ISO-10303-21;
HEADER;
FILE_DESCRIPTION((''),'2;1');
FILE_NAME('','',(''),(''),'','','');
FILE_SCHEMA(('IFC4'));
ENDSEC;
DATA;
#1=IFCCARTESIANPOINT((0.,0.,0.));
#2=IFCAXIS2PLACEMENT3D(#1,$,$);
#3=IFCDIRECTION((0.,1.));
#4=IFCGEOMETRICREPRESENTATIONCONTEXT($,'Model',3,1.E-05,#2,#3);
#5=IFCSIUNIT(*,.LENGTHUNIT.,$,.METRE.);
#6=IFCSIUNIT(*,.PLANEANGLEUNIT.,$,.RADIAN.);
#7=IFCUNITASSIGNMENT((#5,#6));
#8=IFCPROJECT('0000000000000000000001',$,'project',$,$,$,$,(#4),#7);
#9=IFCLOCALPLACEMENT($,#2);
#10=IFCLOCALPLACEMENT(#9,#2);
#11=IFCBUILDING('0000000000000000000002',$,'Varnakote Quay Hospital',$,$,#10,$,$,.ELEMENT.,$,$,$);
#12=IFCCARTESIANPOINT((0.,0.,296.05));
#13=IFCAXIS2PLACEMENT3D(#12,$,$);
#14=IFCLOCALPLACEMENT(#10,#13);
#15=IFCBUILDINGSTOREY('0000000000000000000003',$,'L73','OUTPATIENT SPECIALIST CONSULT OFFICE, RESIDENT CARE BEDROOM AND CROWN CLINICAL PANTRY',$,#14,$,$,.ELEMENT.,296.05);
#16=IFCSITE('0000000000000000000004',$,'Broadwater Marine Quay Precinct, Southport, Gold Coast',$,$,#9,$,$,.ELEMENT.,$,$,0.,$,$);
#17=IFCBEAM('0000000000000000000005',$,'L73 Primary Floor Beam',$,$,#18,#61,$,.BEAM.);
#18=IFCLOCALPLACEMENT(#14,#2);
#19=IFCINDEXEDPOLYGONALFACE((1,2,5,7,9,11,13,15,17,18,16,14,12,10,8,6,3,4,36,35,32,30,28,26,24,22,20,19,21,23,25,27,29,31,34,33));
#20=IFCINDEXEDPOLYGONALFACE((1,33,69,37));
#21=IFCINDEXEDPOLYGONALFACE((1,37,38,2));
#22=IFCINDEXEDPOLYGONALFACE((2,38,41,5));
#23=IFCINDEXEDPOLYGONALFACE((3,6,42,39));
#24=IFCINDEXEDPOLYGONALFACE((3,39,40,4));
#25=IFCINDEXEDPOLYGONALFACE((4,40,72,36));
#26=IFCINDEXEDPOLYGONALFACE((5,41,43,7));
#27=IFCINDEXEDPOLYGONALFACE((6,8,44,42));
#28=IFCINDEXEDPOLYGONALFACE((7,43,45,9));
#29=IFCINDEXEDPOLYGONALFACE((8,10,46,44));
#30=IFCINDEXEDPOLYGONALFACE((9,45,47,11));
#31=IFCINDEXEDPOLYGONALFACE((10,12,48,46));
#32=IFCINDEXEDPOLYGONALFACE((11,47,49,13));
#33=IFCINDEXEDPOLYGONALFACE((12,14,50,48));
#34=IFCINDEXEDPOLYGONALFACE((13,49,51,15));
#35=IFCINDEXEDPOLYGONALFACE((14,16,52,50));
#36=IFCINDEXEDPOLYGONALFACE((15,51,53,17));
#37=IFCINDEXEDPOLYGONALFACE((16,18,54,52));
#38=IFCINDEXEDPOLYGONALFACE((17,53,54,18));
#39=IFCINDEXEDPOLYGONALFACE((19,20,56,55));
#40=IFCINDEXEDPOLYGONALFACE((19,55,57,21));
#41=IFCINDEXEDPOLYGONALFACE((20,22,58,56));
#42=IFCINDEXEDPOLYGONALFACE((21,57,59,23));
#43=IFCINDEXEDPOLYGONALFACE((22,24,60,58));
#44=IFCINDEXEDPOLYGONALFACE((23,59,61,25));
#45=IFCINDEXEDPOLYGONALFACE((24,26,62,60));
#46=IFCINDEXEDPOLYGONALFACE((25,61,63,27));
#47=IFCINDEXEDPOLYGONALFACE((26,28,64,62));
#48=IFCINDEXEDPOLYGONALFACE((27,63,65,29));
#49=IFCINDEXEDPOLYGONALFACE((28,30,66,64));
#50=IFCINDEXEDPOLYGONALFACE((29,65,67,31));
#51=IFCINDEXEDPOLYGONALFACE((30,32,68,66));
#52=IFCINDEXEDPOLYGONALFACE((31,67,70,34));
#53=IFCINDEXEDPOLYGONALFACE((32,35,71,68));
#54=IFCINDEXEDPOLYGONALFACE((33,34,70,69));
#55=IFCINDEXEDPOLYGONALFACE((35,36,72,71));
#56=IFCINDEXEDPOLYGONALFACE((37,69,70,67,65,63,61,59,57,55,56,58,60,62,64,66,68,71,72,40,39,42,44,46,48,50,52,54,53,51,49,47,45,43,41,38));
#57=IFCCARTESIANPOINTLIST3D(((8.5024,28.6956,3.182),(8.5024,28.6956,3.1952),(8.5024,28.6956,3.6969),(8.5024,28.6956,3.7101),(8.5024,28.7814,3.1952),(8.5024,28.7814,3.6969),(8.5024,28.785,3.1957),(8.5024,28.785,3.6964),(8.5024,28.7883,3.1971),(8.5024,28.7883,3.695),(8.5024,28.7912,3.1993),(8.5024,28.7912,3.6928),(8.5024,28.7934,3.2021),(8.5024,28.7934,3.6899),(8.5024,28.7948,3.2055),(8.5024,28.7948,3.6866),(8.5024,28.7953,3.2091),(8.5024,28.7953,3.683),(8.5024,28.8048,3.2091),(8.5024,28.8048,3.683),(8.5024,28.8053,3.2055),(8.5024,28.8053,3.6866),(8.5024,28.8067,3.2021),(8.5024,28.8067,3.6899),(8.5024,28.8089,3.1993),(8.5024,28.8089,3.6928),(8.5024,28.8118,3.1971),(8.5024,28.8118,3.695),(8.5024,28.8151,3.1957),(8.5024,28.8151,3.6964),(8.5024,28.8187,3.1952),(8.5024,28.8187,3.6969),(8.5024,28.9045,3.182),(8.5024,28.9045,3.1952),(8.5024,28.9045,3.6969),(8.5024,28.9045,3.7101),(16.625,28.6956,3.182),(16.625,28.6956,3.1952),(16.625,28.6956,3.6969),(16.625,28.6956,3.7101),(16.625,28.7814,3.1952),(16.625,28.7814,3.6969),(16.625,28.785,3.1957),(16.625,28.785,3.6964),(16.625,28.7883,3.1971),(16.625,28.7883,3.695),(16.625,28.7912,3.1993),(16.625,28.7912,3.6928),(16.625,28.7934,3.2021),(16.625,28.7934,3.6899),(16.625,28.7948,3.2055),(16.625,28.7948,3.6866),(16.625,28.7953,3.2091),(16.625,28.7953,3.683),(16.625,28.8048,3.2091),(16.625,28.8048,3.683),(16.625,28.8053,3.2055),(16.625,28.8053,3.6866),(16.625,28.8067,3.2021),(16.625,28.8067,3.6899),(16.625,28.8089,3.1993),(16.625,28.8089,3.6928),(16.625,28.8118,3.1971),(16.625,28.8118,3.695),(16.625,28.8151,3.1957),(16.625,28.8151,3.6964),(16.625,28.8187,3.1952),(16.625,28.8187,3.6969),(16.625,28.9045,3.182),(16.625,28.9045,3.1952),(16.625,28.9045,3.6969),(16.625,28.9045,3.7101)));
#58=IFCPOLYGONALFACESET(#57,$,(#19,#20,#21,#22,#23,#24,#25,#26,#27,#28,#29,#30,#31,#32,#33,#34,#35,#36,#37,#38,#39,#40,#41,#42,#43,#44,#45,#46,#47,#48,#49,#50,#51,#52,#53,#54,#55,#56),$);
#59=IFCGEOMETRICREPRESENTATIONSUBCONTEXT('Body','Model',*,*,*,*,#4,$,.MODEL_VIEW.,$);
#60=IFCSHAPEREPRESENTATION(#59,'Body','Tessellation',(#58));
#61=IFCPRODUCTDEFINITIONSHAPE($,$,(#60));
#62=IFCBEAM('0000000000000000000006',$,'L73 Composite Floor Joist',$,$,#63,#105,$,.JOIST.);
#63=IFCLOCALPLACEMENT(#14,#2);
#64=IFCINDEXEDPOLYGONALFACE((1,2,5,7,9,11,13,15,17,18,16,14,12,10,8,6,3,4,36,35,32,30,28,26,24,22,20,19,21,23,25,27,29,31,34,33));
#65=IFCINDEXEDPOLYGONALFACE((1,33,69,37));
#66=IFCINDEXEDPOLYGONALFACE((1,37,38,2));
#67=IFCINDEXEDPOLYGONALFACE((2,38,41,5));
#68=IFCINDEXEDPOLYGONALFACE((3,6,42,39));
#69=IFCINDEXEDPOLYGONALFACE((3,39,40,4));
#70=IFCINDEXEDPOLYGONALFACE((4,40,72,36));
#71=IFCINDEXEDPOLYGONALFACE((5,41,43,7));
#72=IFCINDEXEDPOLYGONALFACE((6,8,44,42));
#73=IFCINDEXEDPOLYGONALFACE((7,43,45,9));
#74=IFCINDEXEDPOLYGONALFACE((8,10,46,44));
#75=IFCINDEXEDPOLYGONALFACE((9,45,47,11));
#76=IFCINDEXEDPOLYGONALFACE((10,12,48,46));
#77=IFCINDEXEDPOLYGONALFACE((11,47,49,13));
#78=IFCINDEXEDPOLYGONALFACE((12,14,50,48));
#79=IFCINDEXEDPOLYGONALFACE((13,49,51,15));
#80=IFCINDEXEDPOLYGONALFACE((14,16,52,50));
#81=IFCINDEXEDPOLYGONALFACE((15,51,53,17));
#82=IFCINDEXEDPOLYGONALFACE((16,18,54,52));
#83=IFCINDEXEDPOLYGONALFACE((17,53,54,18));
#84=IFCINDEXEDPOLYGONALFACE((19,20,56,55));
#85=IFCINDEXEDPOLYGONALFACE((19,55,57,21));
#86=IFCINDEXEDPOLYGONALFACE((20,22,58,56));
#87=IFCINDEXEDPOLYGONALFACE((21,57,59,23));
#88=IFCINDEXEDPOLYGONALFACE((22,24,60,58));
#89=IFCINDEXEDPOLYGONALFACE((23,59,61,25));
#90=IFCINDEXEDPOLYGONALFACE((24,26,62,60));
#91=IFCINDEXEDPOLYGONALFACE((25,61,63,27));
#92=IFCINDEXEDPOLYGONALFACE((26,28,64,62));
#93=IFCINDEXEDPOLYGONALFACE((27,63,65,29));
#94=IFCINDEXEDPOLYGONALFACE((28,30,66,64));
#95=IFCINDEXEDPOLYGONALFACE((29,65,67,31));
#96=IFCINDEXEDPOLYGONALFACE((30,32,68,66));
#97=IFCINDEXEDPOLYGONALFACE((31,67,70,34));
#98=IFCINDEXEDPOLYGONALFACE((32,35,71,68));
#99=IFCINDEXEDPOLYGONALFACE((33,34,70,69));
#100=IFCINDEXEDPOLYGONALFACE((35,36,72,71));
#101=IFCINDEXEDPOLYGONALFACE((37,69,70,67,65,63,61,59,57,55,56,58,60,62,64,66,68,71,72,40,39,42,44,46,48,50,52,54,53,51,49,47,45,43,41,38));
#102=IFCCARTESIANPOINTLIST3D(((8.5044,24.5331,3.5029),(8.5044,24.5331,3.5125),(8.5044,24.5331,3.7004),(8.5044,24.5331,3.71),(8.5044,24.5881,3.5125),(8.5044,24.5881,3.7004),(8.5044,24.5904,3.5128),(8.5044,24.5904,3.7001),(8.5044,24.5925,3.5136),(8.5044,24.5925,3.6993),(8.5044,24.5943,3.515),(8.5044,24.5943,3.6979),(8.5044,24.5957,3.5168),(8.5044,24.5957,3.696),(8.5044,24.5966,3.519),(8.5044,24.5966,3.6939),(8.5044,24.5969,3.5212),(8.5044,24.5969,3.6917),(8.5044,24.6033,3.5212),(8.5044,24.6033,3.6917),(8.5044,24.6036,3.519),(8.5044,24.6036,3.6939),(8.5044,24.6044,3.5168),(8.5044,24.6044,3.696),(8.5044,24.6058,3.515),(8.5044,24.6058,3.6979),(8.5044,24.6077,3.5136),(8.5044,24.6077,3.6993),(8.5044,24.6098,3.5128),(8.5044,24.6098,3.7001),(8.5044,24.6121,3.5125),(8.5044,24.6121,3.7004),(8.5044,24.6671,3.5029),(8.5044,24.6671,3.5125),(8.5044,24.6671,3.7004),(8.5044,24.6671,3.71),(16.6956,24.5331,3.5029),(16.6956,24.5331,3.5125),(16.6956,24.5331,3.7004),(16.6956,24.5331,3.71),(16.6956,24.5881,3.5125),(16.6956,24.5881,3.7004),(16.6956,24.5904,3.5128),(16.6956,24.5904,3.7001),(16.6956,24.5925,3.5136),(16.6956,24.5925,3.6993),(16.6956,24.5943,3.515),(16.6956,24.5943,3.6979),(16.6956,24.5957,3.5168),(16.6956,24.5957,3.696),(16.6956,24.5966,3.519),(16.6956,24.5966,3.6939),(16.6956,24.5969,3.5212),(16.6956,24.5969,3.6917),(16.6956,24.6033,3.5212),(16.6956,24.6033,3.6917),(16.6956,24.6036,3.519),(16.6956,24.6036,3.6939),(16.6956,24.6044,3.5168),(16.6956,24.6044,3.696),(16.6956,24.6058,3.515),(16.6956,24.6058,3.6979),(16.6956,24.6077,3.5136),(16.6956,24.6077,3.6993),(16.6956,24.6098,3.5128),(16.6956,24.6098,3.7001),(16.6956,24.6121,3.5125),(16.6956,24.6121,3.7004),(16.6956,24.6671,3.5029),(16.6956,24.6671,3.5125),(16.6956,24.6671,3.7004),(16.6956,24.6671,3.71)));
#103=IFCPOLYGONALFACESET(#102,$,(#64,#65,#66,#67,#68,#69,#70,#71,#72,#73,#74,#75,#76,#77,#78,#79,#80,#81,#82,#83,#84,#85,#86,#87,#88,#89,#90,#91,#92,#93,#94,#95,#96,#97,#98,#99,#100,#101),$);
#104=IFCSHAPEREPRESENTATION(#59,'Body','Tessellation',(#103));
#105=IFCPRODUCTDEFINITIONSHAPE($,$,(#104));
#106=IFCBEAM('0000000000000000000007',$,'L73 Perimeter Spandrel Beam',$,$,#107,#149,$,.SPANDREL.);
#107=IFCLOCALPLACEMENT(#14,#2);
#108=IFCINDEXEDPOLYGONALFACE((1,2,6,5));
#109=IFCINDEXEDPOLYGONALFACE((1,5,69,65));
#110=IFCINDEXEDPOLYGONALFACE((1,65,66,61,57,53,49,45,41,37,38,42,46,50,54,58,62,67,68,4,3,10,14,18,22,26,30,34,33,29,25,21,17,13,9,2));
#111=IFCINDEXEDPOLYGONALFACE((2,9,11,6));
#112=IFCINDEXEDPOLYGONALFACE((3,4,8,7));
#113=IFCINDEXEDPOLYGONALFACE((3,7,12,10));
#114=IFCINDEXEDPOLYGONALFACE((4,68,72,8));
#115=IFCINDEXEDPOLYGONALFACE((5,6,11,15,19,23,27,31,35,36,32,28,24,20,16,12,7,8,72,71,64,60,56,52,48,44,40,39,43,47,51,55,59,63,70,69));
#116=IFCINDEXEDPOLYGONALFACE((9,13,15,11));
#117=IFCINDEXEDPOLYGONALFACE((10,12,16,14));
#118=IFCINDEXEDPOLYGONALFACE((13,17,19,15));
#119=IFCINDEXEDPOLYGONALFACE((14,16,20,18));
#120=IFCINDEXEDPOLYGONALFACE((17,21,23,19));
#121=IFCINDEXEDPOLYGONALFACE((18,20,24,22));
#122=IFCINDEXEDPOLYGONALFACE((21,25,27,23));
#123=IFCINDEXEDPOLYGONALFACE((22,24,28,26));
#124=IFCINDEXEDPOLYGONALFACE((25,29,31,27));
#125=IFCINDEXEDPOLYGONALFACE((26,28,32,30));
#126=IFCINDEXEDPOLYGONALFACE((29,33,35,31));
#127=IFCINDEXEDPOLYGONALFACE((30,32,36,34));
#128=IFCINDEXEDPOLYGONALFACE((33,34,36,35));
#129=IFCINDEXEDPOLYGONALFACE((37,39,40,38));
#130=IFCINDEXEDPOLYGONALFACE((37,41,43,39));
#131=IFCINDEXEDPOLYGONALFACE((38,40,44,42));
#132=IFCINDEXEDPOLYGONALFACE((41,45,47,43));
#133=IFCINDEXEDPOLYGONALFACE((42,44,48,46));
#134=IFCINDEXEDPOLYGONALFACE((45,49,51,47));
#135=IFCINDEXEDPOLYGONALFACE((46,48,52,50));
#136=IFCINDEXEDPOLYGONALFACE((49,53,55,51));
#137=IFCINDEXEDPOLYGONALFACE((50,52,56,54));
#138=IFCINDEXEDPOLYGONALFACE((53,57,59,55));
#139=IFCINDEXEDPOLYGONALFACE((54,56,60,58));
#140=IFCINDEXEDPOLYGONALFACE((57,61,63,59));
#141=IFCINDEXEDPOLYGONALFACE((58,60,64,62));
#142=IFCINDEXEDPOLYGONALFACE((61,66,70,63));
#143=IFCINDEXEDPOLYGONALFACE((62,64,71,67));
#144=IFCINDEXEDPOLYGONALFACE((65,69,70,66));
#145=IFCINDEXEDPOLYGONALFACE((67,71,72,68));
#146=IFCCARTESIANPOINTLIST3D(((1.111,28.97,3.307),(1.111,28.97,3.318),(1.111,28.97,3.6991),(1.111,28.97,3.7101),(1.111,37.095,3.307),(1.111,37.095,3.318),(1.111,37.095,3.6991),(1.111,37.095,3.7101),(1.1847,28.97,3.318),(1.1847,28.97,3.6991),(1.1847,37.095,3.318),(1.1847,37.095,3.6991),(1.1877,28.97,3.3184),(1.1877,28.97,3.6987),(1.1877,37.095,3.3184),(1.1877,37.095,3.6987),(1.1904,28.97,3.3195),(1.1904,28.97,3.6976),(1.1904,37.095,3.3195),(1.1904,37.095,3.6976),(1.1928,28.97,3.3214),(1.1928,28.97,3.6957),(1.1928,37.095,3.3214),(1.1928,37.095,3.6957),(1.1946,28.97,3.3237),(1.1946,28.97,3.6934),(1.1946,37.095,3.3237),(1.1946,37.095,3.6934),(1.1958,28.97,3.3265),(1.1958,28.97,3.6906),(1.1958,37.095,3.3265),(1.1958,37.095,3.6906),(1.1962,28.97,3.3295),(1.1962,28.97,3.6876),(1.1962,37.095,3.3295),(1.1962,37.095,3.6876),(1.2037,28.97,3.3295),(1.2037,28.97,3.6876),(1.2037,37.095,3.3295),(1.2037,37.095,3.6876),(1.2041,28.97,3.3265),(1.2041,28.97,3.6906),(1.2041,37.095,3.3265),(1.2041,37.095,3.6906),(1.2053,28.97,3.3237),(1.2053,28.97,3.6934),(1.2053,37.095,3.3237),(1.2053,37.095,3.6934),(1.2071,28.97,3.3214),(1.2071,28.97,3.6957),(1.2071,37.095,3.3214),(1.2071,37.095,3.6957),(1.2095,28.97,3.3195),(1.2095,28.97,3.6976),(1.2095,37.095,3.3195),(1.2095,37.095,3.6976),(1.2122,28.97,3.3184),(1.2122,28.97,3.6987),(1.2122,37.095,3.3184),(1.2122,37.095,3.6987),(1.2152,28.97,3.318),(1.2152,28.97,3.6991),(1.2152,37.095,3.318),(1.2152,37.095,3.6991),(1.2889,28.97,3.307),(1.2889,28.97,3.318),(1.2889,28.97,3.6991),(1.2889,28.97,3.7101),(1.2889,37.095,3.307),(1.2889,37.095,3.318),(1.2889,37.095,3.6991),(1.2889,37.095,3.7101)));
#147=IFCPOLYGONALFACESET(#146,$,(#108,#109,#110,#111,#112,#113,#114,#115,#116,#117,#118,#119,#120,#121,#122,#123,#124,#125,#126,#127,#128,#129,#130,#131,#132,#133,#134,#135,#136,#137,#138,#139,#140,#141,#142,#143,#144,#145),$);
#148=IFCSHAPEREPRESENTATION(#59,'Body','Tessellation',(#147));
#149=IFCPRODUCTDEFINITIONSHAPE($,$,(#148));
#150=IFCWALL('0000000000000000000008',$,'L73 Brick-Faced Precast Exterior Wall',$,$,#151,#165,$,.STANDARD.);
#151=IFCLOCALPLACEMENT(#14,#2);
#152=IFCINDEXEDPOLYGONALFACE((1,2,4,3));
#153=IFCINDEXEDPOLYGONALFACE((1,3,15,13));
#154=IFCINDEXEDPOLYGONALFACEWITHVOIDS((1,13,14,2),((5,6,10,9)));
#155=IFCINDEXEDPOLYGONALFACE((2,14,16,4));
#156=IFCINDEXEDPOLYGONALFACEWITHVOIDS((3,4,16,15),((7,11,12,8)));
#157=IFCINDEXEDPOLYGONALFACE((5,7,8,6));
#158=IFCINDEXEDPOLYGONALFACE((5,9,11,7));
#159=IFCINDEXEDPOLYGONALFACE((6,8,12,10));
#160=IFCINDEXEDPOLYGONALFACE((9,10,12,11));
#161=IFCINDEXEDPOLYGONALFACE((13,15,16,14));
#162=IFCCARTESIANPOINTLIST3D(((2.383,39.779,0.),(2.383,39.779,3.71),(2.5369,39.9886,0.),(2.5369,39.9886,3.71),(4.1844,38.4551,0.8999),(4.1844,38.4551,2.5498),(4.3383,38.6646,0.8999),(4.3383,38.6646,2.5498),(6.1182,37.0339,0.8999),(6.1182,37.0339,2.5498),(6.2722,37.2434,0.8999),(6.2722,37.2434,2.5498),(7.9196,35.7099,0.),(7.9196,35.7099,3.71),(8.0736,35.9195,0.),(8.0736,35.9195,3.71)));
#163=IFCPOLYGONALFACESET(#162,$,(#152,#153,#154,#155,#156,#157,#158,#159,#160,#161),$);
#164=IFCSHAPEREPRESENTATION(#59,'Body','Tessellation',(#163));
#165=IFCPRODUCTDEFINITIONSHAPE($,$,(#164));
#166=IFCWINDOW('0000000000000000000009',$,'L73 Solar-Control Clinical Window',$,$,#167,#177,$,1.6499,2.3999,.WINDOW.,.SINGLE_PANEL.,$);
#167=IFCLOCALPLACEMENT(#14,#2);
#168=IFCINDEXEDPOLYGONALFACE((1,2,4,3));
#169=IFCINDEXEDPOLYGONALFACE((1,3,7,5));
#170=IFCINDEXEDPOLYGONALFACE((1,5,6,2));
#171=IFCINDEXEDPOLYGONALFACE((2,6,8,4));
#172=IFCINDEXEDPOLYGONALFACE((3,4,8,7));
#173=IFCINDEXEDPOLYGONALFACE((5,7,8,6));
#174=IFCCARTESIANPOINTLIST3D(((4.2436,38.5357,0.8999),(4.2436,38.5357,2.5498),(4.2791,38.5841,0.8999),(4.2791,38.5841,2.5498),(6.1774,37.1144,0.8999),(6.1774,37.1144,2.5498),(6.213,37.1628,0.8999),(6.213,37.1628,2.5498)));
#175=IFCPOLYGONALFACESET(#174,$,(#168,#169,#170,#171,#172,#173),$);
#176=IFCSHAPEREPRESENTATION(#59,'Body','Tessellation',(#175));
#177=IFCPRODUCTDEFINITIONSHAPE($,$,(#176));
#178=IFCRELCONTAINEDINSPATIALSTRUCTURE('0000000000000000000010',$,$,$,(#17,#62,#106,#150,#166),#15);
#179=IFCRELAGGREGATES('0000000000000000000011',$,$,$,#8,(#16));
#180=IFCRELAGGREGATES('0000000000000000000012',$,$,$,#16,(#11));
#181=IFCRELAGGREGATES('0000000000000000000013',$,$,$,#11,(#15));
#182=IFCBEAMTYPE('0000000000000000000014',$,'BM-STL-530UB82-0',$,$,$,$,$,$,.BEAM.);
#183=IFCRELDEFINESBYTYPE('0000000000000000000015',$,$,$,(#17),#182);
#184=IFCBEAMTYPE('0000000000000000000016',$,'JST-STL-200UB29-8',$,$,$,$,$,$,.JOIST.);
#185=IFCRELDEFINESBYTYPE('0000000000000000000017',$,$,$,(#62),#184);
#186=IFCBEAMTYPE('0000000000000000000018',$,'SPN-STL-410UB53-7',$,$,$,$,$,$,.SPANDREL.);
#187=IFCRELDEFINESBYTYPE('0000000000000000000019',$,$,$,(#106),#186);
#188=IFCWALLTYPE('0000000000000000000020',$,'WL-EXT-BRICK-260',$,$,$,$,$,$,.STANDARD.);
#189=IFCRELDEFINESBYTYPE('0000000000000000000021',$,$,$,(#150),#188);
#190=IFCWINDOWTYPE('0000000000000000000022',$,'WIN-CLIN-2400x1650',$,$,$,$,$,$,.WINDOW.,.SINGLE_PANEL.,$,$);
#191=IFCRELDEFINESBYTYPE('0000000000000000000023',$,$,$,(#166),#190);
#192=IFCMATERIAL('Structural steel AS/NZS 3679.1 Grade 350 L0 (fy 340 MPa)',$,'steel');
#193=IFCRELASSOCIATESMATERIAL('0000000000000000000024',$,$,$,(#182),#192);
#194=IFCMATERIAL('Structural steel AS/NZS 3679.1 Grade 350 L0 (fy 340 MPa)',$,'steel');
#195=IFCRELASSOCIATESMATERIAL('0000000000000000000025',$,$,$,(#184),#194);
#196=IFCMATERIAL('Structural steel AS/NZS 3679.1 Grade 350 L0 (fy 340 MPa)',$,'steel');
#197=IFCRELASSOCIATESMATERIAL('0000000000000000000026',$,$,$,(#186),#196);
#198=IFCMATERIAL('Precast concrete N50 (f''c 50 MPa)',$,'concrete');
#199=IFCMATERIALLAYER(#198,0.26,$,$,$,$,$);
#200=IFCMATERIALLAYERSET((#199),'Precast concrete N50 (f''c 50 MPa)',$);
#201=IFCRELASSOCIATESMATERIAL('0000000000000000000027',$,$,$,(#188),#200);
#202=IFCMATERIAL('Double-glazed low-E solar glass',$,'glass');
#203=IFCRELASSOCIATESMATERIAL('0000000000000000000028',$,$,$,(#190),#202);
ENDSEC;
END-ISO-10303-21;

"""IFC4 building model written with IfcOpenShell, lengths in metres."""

from ifc_helpers import new_model, si_unit, direction, frame, frame_2d, origin, origin_2d, place, context, subcontext, project, spatial, rectangle, i_section, extrude, material, layer, layer_set, material_profile, profile_set, type_object, element, fill, save


model = new_model("IFC4")

# Units and contexts
model_context = context("Model", 3, precision=1e-05, world=origin(), true_north=direction((0.0, 1.0)))
body_context = subcontext(model_context, "Body", "Model", "MODEL_VIEW")
ifc_project = project(units=[si_unit("LENGTHUNIT", "METRE"), si_unit("PLANEANGLEUNIT", "RADIAN")], contexts=[model_context])

# Site, building, storey
site_placement = place(None, origin())
site = spatial("IfcSite", under=ifc_project, at=site_placement, Name="Broadwater Marine Quay Precinct, Southport, Gold Coast", CompositionType="ELEMENT", RefElevation=0.0)
building_placement = place(site_placement, origin())
building = spatial("IfcBuilding", under=site, at=building_placement, Name="Varnakote Quay Hospital", CompositionType="ELEMENT")
storey_placement = place(building_placement, frame((0.0, 0.0, 296.05)))
storey = spatial("IfcBuildingStorey", under=building, at=storey_placement, Name="L73", Description="OUTPATIENT SPECIALIST CONSULT OFFICE, RESIDENT CARE BEDROOM AND CROWN CLINICAL PANTRY", CompositionType="ELEMENT", Elevation=296.05)

# Beams
ifc_material_1 = material(Name="Structural steel AS/NZS 3679.1 Grade 350 L0 (fy 340 MPa)", Category="steel")
ifc_material_profile_1 = material_profile(ifc_material_1, i_section(OverallWidth=0.209, OverallDepth=0.5281, WebThickness=0.0095, FlangeThickness=0.0132, FilletRadius=0.0139, at=origin_2d()), Name="530UB82.0")
ifc_profile_set_1 = profile_set([ifc_material_profile_1], Name="Structural steel AS/NZS 3679.1 Grade 350 L0 (fy 340 MPa)")
beam_type_1 = type_object("IfcBeamType", Name="BM-STL-530UB82-0", PredefinedType="BEAM", material=ifc_profile_set_1)
beam_1_placement = place(storey_placement, frame((8.5024, 28.8, 3.446), z_axis=(1.0, 0.0, 0.0), x_axis=(0.0, 1.0, 0.0)))
element("IfcBeam", 1, at=beam_1_placement, inside=storey, type_object=beam_type_1, Name="L73 Primary Floor Beam", PredefinedType="BEAM", context=body_context, shape_type="SweptSolid", body=[
    extrude(i_section(OverallWidth=0.209, OverallDepth=0.5281, WebThickness=0.0095, FlangeThickness=0.0132, FilletRadius=0.0139, at=origin_2d()), origin(), (0.0, 0.0, 1.0), 8.1226),
])
ifc_material_2 = material(Name="Structural steel AS/NZS 3679.1 Grade 350 L0 (fy 340 MPa)", Category="steel")
ifc_material_profile_2 = material_profile(ifc_material_2, i_section(OverallWidth=0.134, OverallDepth=0.207, WebThickness=0.0063, FlangeThickness=0.0095, FilletRadius=0.0088, at=origin_2d()), Name="200UB29.8")
ifc_profile_set_2 = profile_set([ifc_material_profile_2], Name="Structural steel AS/NZS 3679.1 Grade 350 L0 (fy 340 MPa)")
beam_type_2 = type_object("IfcBeamType", Name="JST-STL-200UB29-8", PredefinedType="JOIST", material=ifc_profile_set_2)
beam_2_placement = place(storey_placement, frame((8.5044, 24.6001, 3.6064), z_axis=(1.0, 0.0, 0.0), x_axis=(0.0, 1.0, 0.0)))
element("IfcBeam", 2, at=beam_2_placement, inside=storey, type_object=beam_type_2, Name="L73 Composite Floor Joist", PredefinedType="JOIST", context=body_context, shape_type="SweptSolid", body=[
    extrude(i_section(OverallWidth=0.134, OverallDepth=0.207, WebThickness=0.0063, FlangeThickness=0.0095, FilletRadius=0.0088, at=origin_2d()), origin(), (0.0, 0.0, 1.0), 8.1912),
])
ifc_material_3 = material(Name="Structural steel AS/NZS 3679.1 Grade 350 L0 (fy 340 MPa)", Category="steel")
ifc_material_profile_3 = material_profile(ifc_material_3, i_section(OverallWidth=0.178, OverallDepth=0.4031, WebThickness=0.0076, FlangeThickness=0.011, FilletRadius=0.0115, at=origin_2d()), Name="410UB53.7")
ifc_profile_set_3 = profile_set([ifc_material_profile_3], Name="Structural steel AS/NZS 3679.1 Grade 350 L0 (fy 340 MPa)")
beam_type_3 = type_object("IfcBeamType", Name="SPN-STL-410UB53-7", PredefinedType="SPANDREL", material=ifc_profile_set_3)
beam_3_placement = place(storey_placement, frame((1.2, 28.97, 3.5085), z_axis=(0.0, 1.0, 0.0), x_axis=(-1.0, 0.0, 0.0)))
element("IfcBeam", 3, at=beam_3_placement, inside=storey, type_object=beam_type_3, Name="L73 Perimeter Spandrel Beam", PredefinedType="SPANDREL", context=body_context, shape_type="SweptSolid", body=[
    extrude(i_section(OverallWidth=0.178, OverallDepth=0.4031, WebThickness=0.0076, FlangeThickness=0.011, FilletRadius=0.0115, at=origin_2d()), origin(), (0.0, 0.0, 1.0), 8.125),
])

# Wall, opening, window
ifc_material_4 = material(Name="Precast concrete N50 (f'c 50 MPa)", Category="concrete")
ifc_layer_1 = layer(ifc_material_4, 0.26)
ifc_layer_set_1 = layer_set([ifc_layer_1], Name="Precast concrete N50 (f'c 50 MPa)")
wall_type = type_object("IfcWallType", Name="WL-EXT-BRICK-260", PredefinedType="STANDARD", material=ifc_layer_set_1)
wall_1_placement = place(storey_placement, frame((7.9966, 35.8147, 0.0), z_axis=(0.0, 0.0, 1.0), x_axis=(-0.805787, 0.592206, 0.0)))
wall_1 = element("IfcWall", 4, at=wall_1_placement, inside=storey, type_object=wall_type, Name="L73 Brick-Faced Precast Exterior Wall", PredefinedType="STANDARD", context=body_context, shape_type="SweptSolid", body=[
    extrude(rectangle(XDim=6.8711, YDim=0.26, at=frame_2d((3.4355, 0.0))), origin(), (0.0, 0.0, 1.0), 3.71),
])
opening_1_placement = place(wall_1_placement, frame((2.2356, 0.0, 0.8999)))
opening_1 = element("IfcOpeningElement", 5, at=opening_1_placement, cuts=wall_1, PredefinedType="OPENING", context=body_context, shape_type="SweptSolid", body=[
    extrude(rectangle(XDim=2.3999, YDim=1.6499, at=frame_2d((1.2, 0.825))), frame((0.0, 0.1399, 0.0), z_axis=(0.0, -1.0, 0.0), x_axis=(1.0, 0.0, 0.0)), (0.0, 0.0, 1.0), 0.28),
])
ifc_material_5 = material(Name="Double-glazed low-E solar glass", Category="glass")
window_type = type_object("IfcWindowType", Name="WIN-CLIN-2400x1650", PartitioningType="SINGLE_PANEL", PredefinedType="WINDOW", material=ifc_material_5)
window_1_placement = place(opening_1_placement, origin())
window_1 = element("IfcWindow", 6, at=window_1_placement, inside=storey, type_object=window_type, Name="L73 Solar-Control Clinical Window", OverallHeight=1.6499, OverallWidth=2.3999, PartitioningType="SINGLE_PANEL", PredefinedType="WINDOW", context=body_context, shape_type="SweptSolid", body=[
    extrude(rectangle(XDim=2.3999, YDim=1.6499, at=frame_2d((1.2, 0.825))), frame((0.0, 0.03, 0.0), z_axis=(0.0, -1.0, 0.0), x_axis=(1.0, 0.0, 0.0)), (0.0, 0.0, 1.0), 0.0601),
])
fill(opening_1, window_1)

save(model, "model.ifc")
